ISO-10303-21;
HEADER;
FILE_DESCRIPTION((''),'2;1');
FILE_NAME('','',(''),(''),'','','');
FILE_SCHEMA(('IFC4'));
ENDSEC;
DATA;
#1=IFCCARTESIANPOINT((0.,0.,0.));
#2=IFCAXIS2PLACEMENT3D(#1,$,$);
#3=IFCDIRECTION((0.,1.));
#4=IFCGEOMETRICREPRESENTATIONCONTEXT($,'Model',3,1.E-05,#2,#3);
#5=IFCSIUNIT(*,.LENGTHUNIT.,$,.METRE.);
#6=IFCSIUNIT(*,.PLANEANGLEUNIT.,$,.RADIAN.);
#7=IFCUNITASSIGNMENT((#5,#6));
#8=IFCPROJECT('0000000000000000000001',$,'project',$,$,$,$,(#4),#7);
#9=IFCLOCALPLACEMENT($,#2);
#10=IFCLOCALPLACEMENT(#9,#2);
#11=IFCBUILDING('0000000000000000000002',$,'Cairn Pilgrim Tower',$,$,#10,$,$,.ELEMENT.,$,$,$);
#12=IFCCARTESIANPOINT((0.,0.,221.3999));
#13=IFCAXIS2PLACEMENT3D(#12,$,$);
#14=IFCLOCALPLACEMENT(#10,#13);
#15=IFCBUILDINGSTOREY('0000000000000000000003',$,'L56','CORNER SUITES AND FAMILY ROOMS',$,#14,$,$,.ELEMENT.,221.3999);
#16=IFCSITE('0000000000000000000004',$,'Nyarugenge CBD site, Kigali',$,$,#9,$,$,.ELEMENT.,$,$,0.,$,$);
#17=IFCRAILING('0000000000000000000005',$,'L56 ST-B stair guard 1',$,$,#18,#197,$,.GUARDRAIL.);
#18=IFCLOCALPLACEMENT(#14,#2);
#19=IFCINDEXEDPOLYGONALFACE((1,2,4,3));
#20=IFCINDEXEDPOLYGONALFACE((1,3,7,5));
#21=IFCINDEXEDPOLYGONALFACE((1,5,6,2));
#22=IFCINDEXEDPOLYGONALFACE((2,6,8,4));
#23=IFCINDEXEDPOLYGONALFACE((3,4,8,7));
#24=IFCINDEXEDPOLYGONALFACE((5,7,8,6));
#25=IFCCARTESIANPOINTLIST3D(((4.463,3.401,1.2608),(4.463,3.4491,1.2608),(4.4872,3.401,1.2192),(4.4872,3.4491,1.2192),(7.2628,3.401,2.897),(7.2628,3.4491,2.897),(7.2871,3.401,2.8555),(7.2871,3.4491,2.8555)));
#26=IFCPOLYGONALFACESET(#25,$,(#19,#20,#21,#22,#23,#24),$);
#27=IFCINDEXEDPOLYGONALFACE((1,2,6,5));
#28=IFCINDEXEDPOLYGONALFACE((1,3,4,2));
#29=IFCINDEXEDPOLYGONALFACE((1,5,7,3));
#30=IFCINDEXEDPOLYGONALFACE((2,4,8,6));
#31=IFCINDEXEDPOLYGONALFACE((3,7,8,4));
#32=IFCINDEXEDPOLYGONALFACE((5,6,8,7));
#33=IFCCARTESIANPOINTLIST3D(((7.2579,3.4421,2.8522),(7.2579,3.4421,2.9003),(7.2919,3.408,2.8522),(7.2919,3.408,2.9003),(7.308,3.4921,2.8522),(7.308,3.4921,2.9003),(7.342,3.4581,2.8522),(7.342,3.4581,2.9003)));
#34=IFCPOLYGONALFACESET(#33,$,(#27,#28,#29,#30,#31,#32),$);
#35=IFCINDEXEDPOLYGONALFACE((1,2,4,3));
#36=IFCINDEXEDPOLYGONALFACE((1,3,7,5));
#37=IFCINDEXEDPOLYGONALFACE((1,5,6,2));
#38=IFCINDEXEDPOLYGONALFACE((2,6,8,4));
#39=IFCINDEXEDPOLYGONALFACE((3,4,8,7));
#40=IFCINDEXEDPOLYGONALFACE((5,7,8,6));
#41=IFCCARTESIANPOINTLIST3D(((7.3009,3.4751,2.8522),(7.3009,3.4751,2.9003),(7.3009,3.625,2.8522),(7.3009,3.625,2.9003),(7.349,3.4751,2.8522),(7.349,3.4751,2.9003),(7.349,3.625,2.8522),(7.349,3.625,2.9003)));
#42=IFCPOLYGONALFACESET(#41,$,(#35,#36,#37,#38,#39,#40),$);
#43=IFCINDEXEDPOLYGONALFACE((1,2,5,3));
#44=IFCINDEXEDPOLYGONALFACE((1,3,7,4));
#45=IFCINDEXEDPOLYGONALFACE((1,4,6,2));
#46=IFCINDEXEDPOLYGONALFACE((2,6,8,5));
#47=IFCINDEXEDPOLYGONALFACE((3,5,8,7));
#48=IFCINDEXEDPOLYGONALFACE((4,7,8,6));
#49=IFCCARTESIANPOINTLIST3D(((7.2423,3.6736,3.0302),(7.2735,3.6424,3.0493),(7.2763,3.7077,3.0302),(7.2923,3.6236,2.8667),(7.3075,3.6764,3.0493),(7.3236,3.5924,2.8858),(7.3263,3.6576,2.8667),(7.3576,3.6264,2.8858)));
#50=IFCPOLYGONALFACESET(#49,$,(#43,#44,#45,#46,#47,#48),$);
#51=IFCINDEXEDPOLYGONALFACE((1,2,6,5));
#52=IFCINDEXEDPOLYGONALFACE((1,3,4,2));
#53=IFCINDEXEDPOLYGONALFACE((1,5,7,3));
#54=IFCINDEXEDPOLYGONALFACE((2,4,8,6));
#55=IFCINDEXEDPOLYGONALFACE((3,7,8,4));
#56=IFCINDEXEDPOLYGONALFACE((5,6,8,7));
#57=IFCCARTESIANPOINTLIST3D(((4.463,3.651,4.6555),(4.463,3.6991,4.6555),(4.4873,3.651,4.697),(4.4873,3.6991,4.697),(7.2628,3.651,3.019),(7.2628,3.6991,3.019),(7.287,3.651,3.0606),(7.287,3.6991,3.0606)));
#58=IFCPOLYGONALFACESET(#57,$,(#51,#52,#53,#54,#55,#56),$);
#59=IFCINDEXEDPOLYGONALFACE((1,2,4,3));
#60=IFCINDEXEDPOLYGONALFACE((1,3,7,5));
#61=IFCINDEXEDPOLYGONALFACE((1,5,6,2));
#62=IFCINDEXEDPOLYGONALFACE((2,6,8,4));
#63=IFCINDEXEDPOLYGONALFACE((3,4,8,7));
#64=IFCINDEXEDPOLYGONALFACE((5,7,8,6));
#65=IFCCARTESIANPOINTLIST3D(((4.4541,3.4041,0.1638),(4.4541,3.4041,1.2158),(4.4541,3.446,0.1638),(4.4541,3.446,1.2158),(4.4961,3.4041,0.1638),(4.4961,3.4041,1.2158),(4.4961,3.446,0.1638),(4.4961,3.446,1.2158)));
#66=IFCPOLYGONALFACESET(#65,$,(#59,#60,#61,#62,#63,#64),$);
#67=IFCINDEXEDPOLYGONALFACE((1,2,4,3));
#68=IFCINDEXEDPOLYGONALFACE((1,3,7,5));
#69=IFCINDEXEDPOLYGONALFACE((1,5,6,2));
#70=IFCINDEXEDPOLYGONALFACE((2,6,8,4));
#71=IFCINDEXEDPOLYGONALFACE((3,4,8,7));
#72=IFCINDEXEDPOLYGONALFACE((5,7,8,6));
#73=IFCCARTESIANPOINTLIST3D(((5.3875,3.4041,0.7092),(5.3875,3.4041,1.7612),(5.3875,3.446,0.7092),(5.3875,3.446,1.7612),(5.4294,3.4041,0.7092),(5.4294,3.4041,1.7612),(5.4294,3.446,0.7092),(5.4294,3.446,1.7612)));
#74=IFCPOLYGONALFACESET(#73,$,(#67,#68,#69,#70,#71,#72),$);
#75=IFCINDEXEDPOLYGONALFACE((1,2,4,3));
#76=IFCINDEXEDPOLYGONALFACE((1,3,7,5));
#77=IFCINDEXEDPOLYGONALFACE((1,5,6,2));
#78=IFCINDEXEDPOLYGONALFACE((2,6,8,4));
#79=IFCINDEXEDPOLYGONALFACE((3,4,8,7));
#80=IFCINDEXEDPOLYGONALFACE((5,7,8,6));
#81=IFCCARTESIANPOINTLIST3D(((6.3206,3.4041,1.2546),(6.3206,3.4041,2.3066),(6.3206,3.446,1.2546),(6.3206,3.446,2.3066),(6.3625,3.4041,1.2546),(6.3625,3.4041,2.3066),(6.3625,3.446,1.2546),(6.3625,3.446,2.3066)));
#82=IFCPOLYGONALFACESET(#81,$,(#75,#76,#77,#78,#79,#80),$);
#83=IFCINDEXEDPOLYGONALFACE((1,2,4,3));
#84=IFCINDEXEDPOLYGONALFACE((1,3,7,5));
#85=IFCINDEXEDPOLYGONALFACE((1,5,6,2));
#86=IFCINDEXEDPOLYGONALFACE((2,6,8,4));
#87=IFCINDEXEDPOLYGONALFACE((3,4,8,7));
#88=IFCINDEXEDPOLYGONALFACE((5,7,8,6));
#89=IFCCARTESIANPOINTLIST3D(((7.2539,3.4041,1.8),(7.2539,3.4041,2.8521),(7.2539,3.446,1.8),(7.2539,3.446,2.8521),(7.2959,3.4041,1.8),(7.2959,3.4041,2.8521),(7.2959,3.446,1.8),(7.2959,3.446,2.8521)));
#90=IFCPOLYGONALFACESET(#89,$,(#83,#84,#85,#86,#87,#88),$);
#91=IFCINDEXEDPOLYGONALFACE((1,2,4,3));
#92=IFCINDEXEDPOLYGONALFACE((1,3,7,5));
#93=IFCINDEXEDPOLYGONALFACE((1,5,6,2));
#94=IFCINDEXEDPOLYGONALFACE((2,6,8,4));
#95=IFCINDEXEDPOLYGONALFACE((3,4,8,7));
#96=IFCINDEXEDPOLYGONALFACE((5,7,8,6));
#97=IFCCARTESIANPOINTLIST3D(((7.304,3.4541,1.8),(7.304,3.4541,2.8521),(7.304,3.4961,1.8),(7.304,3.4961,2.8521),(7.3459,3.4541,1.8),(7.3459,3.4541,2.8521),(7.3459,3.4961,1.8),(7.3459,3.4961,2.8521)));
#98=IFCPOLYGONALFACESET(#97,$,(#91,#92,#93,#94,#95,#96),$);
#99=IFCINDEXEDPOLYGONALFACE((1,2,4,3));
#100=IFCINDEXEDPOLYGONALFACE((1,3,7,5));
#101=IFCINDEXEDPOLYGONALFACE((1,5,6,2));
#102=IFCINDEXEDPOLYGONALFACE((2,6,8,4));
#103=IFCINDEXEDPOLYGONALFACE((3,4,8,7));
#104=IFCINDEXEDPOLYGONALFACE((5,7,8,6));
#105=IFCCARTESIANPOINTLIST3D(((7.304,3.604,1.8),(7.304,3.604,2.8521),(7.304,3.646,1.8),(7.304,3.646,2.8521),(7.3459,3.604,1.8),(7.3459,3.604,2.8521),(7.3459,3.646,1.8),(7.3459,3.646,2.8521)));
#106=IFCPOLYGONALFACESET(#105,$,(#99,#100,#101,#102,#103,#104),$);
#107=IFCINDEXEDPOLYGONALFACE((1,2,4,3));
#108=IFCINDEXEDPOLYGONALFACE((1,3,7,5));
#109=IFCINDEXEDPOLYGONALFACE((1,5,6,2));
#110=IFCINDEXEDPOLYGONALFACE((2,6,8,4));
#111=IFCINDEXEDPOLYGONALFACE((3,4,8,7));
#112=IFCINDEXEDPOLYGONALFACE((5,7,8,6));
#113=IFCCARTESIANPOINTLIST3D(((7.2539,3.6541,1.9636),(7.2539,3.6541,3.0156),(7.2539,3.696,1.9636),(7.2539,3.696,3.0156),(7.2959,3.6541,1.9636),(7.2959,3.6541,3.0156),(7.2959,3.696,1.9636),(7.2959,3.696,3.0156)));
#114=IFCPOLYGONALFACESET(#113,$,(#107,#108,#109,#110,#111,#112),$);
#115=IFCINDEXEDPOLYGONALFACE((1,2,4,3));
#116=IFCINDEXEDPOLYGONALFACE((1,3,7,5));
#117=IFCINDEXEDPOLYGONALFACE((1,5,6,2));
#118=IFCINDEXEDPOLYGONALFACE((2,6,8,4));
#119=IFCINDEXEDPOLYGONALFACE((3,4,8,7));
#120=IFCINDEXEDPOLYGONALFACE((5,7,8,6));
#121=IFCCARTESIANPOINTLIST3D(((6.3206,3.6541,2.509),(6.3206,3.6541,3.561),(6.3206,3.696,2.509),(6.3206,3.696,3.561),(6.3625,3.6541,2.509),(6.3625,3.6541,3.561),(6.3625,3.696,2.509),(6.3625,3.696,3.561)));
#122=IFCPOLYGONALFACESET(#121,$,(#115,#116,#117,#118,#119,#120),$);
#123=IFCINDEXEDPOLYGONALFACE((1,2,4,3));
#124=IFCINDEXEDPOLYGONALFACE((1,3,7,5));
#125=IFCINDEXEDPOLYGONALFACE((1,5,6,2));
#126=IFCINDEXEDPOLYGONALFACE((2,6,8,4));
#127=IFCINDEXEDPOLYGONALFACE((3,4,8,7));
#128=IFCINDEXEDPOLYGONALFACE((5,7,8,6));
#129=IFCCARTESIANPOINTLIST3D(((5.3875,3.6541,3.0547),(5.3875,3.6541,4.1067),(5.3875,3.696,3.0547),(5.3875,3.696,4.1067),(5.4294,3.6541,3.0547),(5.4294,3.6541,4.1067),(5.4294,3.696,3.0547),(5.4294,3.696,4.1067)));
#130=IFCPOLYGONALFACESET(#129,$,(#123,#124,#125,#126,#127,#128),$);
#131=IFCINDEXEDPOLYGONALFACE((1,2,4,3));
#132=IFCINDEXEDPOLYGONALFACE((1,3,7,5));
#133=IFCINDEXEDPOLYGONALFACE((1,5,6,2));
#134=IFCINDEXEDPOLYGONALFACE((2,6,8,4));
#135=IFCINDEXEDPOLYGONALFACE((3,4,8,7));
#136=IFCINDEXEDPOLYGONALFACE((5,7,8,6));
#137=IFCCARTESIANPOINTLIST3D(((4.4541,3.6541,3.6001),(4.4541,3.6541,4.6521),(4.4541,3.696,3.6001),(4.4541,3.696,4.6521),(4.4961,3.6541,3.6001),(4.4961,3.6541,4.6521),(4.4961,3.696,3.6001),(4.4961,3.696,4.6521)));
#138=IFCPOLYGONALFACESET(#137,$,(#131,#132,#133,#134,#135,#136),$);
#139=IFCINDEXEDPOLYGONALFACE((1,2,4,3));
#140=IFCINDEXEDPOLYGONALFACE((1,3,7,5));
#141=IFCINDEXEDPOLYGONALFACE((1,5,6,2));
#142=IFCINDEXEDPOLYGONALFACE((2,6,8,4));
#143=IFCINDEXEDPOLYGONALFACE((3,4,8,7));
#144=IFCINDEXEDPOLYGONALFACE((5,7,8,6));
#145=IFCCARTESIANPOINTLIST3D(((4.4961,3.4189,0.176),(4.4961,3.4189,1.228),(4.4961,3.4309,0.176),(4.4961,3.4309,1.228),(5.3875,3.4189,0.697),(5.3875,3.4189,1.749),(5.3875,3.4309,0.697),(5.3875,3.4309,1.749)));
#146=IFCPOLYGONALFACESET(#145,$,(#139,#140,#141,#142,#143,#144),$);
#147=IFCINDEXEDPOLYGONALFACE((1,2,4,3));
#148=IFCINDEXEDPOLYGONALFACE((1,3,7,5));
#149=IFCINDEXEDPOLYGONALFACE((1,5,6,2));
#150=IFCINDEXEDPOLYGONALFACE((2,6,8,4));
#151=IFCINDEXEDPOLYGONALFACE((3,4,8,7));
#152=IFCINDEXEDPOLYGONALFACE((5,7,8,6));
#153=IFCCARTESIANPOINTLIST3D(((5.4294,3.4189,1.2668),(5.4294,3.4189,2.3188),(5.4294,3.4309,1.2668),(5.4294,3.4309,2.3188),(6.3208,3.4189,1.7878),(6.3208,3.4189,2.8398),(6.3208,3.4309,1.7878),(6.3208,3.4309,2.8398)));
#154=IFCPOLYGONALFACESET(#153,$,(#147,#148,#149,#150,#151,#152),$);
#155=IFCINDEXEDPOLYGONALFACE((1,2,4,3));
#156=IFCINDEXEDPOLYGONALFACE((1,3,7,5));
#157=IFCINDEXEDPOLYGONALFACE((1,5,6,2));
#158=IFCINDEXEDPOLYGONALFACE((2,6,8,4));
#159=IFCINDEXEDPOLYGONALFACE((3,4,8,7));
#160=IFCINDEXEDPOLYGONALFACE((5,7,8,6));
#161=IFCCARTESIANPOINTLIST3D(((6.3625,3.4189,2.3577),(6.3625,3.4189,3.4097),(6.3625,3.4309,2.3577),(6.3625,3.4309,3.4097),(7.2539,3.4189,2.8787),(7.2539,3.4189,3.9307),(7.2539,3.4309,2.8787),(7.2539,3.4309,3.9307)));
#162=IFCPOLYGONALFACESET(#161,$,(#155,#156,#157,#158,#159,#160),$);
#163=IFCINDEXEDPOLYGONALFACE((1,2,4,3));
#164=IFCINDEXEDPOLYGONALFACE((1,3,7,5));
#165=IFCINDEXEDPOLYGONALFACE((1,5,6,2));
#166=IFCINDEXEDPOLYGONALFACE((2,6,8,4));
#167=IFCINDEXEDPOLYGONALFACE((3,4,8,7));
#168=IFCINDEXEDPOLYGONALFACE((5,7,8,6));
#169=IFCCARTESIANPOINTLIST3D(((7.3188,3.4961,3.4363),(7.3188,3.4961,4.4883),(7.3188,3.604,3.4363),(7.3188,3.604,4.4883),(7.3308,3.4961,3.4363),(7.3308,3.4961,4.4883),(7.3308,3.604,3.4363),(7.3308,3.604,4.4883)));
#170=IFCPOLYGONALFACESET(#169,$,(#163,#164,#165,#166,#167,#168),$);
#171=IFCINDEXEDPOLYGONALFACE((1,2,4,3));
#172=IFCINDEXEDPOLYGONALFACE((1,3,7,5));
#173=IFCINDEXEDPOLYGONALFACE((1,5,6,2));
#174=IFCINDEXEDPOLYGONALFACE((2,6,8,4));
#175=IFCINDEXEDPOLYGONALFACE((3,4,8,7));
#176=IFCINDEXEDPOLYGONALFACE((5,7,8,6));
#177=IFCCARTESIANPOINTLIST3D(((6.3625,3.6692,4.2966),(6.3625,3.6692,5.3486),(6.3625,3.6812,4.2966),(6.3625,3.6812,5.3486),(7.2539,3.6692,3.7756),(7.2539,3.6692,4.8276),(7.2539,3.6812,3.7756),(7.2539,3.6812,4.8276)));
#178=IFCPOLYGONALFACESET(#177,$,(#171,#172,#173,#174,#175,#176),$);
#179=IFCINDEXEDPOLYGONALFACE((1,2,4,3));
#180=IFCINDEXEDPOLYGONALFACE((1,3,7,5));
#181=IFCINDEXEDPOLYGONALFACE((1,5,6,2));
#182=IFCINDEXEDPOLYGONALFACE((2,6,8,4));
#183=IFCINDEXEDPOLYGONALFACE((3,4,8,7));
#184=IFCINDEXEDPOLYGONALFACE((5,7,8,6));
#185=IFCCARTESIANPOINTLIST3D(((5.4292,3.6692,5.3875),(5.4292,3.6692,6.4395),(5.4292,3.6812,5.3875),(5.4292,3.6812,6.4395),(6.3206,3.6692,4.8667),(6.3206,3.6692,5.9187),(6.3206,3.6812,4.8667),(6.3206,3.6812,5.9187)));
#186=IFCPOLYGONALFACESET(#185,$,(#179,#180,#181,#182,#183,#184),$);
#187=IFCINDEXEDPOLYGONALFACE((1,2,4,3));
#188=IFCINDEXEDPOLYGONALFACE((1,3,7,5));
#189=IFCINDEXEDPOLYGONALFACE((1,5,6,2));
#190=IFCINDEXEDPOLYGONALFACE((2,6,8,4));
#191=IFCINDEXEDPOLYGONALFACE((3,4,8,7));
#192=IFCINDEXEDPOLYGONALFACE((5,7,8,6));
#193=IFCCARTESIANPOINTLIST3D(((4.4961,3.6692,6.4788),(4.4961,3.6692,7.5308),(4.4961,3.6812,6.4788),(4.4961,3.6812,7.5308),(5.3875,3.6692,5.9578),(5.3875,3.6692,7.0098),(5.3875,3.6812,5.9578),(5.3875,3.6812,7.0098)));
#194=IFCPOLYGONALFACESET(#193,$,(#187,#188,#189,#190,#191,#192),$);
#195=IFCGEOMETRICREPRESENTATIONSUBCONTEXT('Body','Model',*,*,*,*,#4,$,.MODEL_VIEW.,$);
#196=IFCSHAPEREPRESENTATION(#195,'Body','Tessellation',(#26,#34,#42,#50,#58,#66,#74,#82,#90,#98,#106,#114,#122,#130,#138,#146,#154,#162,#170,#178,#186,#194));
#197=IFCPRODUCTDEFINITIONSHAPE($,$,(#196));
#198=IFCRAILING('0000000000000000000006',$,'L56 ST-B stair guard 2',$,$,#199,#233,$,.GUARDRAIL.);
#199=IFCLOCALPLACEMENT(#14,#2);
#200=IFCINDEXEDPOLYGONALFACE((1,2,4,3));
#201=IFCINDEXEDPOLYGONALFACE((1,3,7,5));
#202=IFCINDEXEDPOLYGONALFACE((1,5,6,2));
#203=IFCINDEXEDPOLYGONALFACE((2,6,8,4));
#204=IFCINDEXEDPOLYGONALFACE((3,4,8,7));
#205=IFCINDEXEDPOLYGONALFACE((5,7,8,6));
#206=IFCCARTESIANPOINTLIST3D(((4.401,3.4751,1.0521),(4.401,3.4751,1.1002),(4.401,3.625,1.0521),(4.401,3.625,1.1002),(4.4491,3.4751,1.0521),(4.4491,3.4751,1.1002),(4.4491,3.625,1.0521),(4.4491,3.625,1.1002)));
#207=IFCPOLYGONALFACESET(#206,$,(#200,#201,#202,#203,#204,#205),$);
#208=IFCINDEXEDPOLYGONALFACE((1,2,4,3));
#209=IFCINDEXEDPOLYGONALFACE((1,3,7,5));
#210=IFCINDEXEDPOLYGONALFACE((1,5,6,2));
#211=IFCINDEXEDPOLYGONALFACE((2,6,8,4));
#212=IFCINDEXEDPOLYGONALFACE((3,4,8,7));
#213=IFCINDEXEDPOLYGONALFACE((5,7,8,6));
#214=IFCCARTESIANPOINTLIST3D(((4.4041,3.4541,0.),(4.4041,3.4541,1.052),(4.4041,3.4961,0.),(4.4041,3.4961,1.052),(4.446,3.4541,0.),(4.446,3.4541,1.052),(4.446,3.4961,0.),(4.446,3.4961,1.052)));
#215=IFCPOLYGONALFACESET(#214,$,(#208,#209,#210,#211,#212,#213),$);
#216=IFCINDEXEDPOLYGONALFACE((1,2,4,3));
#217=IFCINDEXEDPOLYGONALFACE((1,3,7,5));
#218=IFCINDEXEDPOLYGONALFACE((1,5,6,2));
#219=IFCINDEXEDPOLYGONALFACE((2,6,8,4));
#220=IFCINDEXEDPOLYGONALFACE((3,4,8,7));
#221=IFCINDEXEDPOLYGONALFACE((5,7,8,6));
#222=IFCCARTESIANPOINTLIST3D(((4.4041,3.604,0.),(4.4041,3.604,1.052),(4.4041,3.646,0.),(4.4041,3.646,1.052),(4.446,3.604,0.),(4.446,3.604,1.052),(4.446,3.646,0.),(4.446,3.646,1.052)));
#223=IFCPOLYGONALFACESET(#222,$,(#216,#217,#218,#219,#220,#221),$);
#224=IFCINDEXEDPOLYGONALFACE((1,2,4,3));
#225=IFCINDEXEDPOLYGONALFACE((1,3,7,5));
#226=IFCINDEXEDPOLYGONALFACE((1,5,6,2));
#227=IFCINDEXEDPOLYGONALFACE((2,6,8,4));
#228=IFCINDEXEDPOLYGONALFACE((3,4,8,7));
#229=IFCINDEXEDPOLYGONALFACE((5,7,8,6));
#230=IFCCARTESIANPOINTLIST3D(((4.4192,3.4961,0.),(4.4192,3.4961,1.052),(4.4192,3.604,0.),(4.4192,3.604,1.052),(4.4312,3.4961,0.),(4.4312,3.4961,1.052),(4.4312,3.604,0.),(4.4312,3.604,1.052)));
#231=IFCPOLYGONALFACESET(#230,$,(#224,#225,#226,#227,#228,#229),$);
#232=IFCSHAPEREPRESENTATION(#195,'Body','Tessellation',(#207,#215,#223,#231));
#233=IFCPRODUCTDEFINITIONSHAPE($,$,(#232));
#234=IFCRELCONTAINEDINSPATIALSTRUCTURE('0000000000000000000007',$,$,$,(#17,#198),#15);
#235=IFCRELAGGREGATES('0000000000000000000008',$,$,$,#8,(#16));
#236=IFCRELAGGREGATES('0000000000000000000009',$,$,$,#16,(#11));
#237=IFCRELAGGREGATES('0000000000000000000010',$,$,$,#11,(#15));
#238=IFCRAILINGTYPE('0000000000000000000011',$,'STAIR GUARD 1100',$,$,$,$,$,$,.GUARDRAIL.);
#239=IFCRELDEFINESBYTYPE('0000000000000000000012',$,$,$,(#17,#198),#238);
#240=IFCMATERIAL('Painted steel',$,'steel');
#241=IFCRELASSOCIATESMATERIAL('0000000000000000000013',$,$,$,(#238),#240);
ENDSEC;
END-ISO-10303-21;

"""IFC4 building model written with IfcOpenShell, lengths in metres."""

from ifc_helpers import new_model, si_unit, direction, frame, origin, origin_2d, place, context, subcontext, project, spatial, polyline, rectangle, outline, extrude, material, type_object, element, save


model = new_model("IFC4")

# Units and contexts
model_context = context("Model", 3, precision=1e-05, world=origin(), true_north=direction((0.0, 1.0)))
body_context = subcontext(model_context, "Body", "Model", "MODEL_VIEW")
ifc_project = project(units=[si_unit("LENGTHUNIT", "METRE"), si_unit("PLANEANGLEUNIT", "RADIAN")], contexts=[model_context])

# Site, building, storey
site_placement = place(None, origin())
site = spatial("IfcSite", under=ifc_project, at=site_placement, Name="Nyarugenge CBD site, Kigali", CompositionType="ELEMENT", RefElevation=0.0)
building_placement = place(site_placement, origin())
building = spatial("IfcBuilding", under=site, at=building_placement, Name="Cairn Pilgrim Tower", CompositionType="ELEMENT")
storey_placement = place(building_placement, frame((0.0, 0.0, 221.3999)))
storey = spatial("IfcBuildingStorey", under=building, at=storey_placement, Name="L56", Description="CORNER SUITES AND FAMILY ROOMS", CompositionType="ELEMENT", Elevation=221.3999)

# Shared definitions
ifc_material_1 = material(Name="Painted steel", Category="steel")

# Railings
railing_type_1 = type_object("IfcRailingType", Name="STAIR GUARD 1100", PredefinedType="GUARDRAIL", material=ifc_material_1)
railing_1_placement = place(storey_placement, frame((4.4751, 3.425, 0.1638)))
element("IfcRailing", 1, at=railing_1_placement, inside=storey, type_object=railing_type_1, Name="L56 ST-B stair guard 1", PredefinedType="GUARDRAIL", context=body_context, shape_type="SweptSolid", body=[
    extrude(rectangle(XDim=0.0481, YDim=0.0481, at=origin_2d()), frame((0.0, 0.0, 1.0762), z_axis=(0.863374, 0.0, 0.504564), x_axis=(0.0, 1.0, 0.0)), (0.0, 0.0, 1.0), 3.2429),
    extrude(rectangle(XDim=0.0481, YDim=0.0481, at=origin_2d()), frame((2.7998, 0.0, 2.7124), z_axis=(0.707107, 0.707107, 0.0), x_axis=(-0.707107, 0.707107, 0.0)), (0.0, 0.0, 1.0), 0.0708),
    extrude(rectangle(XDim=0.0481, YDim=0.0481, at=origin_2d()), frame((2.8499, 0.05, 2.7124), z_axis=(0.0, 1.0, 0.0), x_axis=(-1.0, 0.0, 0.0)), (0.0, 0.0, 1.0), 0.1499),
    extrude(rectangle(XDim=0.0481, YDim=0.0481, at=origin_2d()), frame((2.8499, 0.2, 2.7124), z_axis=(-0.280809, 0.280809, 0.917765), x_axis=(-0.707107, -0.707107, 0.0)), (0.0, 0.0, 1.0), 0.1782),
    extrude(rectangle(XDim=0.0481, YDim=0.0481, at=origin_2d()), frame((2.7998, 0.25, 2.876), z_axis=(-0.863342, 0.0, 0.50462), x_axis=(0.0, -1.0, 0.0)), (0.0, 0.0, 1.0), 3.2429),
    extrude(rectangle(XDim=0.042, YDim=0.042, at=origin_2d()), origin(), (0.0, 0.0, 1.0), 1.052),
    extrude(rectangle(XDim=0.042, YDim=0.042, at=origin_2d()), frame((0.9333, 0.0, 0.5454)), (0.0, 0.0, 1.0), 1.052),
    extrude(rectangle(XDim=0.042, YDim=0.042, at=origin_2d()), frame((1.8665, 0.0, 1.0908)), (0.0, 0.0, 1.0), 1.052),
    extrude(rectangle(XDim=0.042, YDim=0.042, at=origin_2d()), frame((2.7998, 0.0, 1.6362)), (0.0, 0.0, 1.0), 1.052),
    extrude(rectangle(XDim=0.042, YDim=0.042, at=origin_2d()), frame((2.8499, 0.05, 1.6362)), (0.0, 0.0, 1.0), 1.052),
    extrude(rectangle(XDim=0.042, YDim=0.042, at=origin_2d()), frame((2.8499, 0.2, 1.6362)), (0.0, 0.0, 1.0), 1.052),
    extrude(rectangle(XDim=0.042, YDim=0.042, at=origin_2d()), frame((2.7998, 0.25, 1.7998)), (0.0, 0.0, 1.0), 1.052),
    extrude(rectangle(XDim=0.042, YDim=0.042, at=origin_2d()), frame((1.8665, 0.25, 2.3452)), (0.0, 0.0, 1.0), 1.052),
    extrude(rectangle(XDim=0.042, YDim=0.042, at=origin_2d()), frame((0.9333, 0.25, 2.8909)), (0.0, 0.0, 1.0), 1.052),
    extrude(rectangle(XDim=0.042, YDim=0.042, at=origin_2d()), frame((0.0, 0.25, 3.4363)), (0.0, 0.0, 1.0), 1.052),
    extrude(outline(polyline([(0.021, 0.0122), (0.9124, 0.5332), (0.9124, 1.5852), (0.021, 1.0642), (0.021, 0.0122)])), frame((0.0, 0.0059, 0.0), z_axis=(0.0, -1.0, 0.0), x_axis=(1.0, 0.0, 0.0)), (0.0, 0.0, 1.0), 0.012),
    extrude(outline(polyline([(0.021, 0.5576), (0.9124, 1.0786), (0.9124, 2.1306), (0.021, 1.6096), (0.021, 0.5576)])), frame((0.9333, 0.0059, 0.5454), z_axis=(0.0, -1.0, 0.0), x_axis=(1.0, 0.0, 0.0)), (0.0, 0.0, 1.0), 0.012),
    extrude(outline(polyline([(0.021, 1.103), (0.9124, 1.624), (0.9124, 2.676), (0.021, 2.155), (0.021, 1.103)])), frame((1.8665, 0.0059, 1.0908), z_axis=(0.0, -1.0, 0.0), x_axis=(1.0, 0.0, 0.0)), (0.0, 0.0, 1.0), 0.012),
    extrude(outline(polyline([(0.021, 1.6362), (0.1289, 1.6362), (0.1289, 2.6882), (0.021, 2.6882), (0.021, 1.6362)])), frame((2.8438, 0.05, 1.6362), z_axis=(1.0, 0.0, 0.0), x_axis=(0.0, 1.0, 0.0)), (0.0, 0.0, 1.0), 0.012),
    extrude(outline(polyline([(0.021, 1.812), (0.9124, 2.333), (0.9124, 3.385), (0.021, 2.864), (0.021, 1.812)])), frame((2.7998, 0.2441, 1.7998), z_axis=(0.0, 1.0, 0.0), x_axis=(-1.0, 0.0, 0.0)), (0.0, 0.0, 1.0), 0.012),
    extrude(outline(polyline([(0.021, 2.3577), (0.9124, 2.8784), (0.9124, 3.9304), (0.021, 3.4097), (0.021, 2.3577)])), frame((1.8665, 0.2441, 2.3452), z_axis=(0.0, 1.0, 0.0), x_axis=(-1.0, 0.0, 0.0)), (0.0, 0.0, 1.0), 0.012),
    extrude(outline(polyline([(0.021, 2.9031), (0.9124, 3.4241), (0.9124, 4.4761), (0.021, 3.9551), (0.021, 2.9031)])), frame((0.9333, 0.2441, 2.8909), z_axis=(0.0, 1.0, 0.0), x_axis=(-1.0, 0.0, 0.0)), (0.0, 0.0, 1.0), 0.012),
])
railing_2_placement = place(storey_placement, frame((4.425, 3.4751, 0.0)))
element("IfcRailing", 2, at=railing_2_placement, inside=storey, type_object=railing_type_1, Name="L56 ST-B stair guard 2", PredefinedType="GUARDRAIL", context=body_context, shape_type="SweptSolid", body=[
    extrude(rectangle(XDim=0.0481, YDim=0.0481, at=origin_2d()), frame((0.0, 0.0, 1.0762), z_axis=(0.0, 1.0, 0.0), x_axis=(-1.0, 0.0, 0.0)), (0.0, 0.0, 1.0), 0.1499),
    extrude(rectangle(XDim=0.042, YDim=0.042, at=origin_2d()), origin(), (0.0, 0.0, 1.0), 1.052),
    extrude(rectangle(XDim=0.042, YDim=0.042, at=origin_2d()), frame((0.0, 0.1499, 0.0)), (0.0, 0.0, 1.0), 1.052),
    extrude(outline(polyline([(0.021, 0.0), (0.1289, 0.0), (0.1289, 1.052), (0.021, 1.052), (0.021, 0.0)])), frame((-0.0059, 0.0, 0.0), z_axis=(1.0, 0.0, 0.0), x_axis=(0.0, 1.0, 0.0)), (0.0, 0.0, 1.0), 0.012),
])

save(model, "model.ifc")
